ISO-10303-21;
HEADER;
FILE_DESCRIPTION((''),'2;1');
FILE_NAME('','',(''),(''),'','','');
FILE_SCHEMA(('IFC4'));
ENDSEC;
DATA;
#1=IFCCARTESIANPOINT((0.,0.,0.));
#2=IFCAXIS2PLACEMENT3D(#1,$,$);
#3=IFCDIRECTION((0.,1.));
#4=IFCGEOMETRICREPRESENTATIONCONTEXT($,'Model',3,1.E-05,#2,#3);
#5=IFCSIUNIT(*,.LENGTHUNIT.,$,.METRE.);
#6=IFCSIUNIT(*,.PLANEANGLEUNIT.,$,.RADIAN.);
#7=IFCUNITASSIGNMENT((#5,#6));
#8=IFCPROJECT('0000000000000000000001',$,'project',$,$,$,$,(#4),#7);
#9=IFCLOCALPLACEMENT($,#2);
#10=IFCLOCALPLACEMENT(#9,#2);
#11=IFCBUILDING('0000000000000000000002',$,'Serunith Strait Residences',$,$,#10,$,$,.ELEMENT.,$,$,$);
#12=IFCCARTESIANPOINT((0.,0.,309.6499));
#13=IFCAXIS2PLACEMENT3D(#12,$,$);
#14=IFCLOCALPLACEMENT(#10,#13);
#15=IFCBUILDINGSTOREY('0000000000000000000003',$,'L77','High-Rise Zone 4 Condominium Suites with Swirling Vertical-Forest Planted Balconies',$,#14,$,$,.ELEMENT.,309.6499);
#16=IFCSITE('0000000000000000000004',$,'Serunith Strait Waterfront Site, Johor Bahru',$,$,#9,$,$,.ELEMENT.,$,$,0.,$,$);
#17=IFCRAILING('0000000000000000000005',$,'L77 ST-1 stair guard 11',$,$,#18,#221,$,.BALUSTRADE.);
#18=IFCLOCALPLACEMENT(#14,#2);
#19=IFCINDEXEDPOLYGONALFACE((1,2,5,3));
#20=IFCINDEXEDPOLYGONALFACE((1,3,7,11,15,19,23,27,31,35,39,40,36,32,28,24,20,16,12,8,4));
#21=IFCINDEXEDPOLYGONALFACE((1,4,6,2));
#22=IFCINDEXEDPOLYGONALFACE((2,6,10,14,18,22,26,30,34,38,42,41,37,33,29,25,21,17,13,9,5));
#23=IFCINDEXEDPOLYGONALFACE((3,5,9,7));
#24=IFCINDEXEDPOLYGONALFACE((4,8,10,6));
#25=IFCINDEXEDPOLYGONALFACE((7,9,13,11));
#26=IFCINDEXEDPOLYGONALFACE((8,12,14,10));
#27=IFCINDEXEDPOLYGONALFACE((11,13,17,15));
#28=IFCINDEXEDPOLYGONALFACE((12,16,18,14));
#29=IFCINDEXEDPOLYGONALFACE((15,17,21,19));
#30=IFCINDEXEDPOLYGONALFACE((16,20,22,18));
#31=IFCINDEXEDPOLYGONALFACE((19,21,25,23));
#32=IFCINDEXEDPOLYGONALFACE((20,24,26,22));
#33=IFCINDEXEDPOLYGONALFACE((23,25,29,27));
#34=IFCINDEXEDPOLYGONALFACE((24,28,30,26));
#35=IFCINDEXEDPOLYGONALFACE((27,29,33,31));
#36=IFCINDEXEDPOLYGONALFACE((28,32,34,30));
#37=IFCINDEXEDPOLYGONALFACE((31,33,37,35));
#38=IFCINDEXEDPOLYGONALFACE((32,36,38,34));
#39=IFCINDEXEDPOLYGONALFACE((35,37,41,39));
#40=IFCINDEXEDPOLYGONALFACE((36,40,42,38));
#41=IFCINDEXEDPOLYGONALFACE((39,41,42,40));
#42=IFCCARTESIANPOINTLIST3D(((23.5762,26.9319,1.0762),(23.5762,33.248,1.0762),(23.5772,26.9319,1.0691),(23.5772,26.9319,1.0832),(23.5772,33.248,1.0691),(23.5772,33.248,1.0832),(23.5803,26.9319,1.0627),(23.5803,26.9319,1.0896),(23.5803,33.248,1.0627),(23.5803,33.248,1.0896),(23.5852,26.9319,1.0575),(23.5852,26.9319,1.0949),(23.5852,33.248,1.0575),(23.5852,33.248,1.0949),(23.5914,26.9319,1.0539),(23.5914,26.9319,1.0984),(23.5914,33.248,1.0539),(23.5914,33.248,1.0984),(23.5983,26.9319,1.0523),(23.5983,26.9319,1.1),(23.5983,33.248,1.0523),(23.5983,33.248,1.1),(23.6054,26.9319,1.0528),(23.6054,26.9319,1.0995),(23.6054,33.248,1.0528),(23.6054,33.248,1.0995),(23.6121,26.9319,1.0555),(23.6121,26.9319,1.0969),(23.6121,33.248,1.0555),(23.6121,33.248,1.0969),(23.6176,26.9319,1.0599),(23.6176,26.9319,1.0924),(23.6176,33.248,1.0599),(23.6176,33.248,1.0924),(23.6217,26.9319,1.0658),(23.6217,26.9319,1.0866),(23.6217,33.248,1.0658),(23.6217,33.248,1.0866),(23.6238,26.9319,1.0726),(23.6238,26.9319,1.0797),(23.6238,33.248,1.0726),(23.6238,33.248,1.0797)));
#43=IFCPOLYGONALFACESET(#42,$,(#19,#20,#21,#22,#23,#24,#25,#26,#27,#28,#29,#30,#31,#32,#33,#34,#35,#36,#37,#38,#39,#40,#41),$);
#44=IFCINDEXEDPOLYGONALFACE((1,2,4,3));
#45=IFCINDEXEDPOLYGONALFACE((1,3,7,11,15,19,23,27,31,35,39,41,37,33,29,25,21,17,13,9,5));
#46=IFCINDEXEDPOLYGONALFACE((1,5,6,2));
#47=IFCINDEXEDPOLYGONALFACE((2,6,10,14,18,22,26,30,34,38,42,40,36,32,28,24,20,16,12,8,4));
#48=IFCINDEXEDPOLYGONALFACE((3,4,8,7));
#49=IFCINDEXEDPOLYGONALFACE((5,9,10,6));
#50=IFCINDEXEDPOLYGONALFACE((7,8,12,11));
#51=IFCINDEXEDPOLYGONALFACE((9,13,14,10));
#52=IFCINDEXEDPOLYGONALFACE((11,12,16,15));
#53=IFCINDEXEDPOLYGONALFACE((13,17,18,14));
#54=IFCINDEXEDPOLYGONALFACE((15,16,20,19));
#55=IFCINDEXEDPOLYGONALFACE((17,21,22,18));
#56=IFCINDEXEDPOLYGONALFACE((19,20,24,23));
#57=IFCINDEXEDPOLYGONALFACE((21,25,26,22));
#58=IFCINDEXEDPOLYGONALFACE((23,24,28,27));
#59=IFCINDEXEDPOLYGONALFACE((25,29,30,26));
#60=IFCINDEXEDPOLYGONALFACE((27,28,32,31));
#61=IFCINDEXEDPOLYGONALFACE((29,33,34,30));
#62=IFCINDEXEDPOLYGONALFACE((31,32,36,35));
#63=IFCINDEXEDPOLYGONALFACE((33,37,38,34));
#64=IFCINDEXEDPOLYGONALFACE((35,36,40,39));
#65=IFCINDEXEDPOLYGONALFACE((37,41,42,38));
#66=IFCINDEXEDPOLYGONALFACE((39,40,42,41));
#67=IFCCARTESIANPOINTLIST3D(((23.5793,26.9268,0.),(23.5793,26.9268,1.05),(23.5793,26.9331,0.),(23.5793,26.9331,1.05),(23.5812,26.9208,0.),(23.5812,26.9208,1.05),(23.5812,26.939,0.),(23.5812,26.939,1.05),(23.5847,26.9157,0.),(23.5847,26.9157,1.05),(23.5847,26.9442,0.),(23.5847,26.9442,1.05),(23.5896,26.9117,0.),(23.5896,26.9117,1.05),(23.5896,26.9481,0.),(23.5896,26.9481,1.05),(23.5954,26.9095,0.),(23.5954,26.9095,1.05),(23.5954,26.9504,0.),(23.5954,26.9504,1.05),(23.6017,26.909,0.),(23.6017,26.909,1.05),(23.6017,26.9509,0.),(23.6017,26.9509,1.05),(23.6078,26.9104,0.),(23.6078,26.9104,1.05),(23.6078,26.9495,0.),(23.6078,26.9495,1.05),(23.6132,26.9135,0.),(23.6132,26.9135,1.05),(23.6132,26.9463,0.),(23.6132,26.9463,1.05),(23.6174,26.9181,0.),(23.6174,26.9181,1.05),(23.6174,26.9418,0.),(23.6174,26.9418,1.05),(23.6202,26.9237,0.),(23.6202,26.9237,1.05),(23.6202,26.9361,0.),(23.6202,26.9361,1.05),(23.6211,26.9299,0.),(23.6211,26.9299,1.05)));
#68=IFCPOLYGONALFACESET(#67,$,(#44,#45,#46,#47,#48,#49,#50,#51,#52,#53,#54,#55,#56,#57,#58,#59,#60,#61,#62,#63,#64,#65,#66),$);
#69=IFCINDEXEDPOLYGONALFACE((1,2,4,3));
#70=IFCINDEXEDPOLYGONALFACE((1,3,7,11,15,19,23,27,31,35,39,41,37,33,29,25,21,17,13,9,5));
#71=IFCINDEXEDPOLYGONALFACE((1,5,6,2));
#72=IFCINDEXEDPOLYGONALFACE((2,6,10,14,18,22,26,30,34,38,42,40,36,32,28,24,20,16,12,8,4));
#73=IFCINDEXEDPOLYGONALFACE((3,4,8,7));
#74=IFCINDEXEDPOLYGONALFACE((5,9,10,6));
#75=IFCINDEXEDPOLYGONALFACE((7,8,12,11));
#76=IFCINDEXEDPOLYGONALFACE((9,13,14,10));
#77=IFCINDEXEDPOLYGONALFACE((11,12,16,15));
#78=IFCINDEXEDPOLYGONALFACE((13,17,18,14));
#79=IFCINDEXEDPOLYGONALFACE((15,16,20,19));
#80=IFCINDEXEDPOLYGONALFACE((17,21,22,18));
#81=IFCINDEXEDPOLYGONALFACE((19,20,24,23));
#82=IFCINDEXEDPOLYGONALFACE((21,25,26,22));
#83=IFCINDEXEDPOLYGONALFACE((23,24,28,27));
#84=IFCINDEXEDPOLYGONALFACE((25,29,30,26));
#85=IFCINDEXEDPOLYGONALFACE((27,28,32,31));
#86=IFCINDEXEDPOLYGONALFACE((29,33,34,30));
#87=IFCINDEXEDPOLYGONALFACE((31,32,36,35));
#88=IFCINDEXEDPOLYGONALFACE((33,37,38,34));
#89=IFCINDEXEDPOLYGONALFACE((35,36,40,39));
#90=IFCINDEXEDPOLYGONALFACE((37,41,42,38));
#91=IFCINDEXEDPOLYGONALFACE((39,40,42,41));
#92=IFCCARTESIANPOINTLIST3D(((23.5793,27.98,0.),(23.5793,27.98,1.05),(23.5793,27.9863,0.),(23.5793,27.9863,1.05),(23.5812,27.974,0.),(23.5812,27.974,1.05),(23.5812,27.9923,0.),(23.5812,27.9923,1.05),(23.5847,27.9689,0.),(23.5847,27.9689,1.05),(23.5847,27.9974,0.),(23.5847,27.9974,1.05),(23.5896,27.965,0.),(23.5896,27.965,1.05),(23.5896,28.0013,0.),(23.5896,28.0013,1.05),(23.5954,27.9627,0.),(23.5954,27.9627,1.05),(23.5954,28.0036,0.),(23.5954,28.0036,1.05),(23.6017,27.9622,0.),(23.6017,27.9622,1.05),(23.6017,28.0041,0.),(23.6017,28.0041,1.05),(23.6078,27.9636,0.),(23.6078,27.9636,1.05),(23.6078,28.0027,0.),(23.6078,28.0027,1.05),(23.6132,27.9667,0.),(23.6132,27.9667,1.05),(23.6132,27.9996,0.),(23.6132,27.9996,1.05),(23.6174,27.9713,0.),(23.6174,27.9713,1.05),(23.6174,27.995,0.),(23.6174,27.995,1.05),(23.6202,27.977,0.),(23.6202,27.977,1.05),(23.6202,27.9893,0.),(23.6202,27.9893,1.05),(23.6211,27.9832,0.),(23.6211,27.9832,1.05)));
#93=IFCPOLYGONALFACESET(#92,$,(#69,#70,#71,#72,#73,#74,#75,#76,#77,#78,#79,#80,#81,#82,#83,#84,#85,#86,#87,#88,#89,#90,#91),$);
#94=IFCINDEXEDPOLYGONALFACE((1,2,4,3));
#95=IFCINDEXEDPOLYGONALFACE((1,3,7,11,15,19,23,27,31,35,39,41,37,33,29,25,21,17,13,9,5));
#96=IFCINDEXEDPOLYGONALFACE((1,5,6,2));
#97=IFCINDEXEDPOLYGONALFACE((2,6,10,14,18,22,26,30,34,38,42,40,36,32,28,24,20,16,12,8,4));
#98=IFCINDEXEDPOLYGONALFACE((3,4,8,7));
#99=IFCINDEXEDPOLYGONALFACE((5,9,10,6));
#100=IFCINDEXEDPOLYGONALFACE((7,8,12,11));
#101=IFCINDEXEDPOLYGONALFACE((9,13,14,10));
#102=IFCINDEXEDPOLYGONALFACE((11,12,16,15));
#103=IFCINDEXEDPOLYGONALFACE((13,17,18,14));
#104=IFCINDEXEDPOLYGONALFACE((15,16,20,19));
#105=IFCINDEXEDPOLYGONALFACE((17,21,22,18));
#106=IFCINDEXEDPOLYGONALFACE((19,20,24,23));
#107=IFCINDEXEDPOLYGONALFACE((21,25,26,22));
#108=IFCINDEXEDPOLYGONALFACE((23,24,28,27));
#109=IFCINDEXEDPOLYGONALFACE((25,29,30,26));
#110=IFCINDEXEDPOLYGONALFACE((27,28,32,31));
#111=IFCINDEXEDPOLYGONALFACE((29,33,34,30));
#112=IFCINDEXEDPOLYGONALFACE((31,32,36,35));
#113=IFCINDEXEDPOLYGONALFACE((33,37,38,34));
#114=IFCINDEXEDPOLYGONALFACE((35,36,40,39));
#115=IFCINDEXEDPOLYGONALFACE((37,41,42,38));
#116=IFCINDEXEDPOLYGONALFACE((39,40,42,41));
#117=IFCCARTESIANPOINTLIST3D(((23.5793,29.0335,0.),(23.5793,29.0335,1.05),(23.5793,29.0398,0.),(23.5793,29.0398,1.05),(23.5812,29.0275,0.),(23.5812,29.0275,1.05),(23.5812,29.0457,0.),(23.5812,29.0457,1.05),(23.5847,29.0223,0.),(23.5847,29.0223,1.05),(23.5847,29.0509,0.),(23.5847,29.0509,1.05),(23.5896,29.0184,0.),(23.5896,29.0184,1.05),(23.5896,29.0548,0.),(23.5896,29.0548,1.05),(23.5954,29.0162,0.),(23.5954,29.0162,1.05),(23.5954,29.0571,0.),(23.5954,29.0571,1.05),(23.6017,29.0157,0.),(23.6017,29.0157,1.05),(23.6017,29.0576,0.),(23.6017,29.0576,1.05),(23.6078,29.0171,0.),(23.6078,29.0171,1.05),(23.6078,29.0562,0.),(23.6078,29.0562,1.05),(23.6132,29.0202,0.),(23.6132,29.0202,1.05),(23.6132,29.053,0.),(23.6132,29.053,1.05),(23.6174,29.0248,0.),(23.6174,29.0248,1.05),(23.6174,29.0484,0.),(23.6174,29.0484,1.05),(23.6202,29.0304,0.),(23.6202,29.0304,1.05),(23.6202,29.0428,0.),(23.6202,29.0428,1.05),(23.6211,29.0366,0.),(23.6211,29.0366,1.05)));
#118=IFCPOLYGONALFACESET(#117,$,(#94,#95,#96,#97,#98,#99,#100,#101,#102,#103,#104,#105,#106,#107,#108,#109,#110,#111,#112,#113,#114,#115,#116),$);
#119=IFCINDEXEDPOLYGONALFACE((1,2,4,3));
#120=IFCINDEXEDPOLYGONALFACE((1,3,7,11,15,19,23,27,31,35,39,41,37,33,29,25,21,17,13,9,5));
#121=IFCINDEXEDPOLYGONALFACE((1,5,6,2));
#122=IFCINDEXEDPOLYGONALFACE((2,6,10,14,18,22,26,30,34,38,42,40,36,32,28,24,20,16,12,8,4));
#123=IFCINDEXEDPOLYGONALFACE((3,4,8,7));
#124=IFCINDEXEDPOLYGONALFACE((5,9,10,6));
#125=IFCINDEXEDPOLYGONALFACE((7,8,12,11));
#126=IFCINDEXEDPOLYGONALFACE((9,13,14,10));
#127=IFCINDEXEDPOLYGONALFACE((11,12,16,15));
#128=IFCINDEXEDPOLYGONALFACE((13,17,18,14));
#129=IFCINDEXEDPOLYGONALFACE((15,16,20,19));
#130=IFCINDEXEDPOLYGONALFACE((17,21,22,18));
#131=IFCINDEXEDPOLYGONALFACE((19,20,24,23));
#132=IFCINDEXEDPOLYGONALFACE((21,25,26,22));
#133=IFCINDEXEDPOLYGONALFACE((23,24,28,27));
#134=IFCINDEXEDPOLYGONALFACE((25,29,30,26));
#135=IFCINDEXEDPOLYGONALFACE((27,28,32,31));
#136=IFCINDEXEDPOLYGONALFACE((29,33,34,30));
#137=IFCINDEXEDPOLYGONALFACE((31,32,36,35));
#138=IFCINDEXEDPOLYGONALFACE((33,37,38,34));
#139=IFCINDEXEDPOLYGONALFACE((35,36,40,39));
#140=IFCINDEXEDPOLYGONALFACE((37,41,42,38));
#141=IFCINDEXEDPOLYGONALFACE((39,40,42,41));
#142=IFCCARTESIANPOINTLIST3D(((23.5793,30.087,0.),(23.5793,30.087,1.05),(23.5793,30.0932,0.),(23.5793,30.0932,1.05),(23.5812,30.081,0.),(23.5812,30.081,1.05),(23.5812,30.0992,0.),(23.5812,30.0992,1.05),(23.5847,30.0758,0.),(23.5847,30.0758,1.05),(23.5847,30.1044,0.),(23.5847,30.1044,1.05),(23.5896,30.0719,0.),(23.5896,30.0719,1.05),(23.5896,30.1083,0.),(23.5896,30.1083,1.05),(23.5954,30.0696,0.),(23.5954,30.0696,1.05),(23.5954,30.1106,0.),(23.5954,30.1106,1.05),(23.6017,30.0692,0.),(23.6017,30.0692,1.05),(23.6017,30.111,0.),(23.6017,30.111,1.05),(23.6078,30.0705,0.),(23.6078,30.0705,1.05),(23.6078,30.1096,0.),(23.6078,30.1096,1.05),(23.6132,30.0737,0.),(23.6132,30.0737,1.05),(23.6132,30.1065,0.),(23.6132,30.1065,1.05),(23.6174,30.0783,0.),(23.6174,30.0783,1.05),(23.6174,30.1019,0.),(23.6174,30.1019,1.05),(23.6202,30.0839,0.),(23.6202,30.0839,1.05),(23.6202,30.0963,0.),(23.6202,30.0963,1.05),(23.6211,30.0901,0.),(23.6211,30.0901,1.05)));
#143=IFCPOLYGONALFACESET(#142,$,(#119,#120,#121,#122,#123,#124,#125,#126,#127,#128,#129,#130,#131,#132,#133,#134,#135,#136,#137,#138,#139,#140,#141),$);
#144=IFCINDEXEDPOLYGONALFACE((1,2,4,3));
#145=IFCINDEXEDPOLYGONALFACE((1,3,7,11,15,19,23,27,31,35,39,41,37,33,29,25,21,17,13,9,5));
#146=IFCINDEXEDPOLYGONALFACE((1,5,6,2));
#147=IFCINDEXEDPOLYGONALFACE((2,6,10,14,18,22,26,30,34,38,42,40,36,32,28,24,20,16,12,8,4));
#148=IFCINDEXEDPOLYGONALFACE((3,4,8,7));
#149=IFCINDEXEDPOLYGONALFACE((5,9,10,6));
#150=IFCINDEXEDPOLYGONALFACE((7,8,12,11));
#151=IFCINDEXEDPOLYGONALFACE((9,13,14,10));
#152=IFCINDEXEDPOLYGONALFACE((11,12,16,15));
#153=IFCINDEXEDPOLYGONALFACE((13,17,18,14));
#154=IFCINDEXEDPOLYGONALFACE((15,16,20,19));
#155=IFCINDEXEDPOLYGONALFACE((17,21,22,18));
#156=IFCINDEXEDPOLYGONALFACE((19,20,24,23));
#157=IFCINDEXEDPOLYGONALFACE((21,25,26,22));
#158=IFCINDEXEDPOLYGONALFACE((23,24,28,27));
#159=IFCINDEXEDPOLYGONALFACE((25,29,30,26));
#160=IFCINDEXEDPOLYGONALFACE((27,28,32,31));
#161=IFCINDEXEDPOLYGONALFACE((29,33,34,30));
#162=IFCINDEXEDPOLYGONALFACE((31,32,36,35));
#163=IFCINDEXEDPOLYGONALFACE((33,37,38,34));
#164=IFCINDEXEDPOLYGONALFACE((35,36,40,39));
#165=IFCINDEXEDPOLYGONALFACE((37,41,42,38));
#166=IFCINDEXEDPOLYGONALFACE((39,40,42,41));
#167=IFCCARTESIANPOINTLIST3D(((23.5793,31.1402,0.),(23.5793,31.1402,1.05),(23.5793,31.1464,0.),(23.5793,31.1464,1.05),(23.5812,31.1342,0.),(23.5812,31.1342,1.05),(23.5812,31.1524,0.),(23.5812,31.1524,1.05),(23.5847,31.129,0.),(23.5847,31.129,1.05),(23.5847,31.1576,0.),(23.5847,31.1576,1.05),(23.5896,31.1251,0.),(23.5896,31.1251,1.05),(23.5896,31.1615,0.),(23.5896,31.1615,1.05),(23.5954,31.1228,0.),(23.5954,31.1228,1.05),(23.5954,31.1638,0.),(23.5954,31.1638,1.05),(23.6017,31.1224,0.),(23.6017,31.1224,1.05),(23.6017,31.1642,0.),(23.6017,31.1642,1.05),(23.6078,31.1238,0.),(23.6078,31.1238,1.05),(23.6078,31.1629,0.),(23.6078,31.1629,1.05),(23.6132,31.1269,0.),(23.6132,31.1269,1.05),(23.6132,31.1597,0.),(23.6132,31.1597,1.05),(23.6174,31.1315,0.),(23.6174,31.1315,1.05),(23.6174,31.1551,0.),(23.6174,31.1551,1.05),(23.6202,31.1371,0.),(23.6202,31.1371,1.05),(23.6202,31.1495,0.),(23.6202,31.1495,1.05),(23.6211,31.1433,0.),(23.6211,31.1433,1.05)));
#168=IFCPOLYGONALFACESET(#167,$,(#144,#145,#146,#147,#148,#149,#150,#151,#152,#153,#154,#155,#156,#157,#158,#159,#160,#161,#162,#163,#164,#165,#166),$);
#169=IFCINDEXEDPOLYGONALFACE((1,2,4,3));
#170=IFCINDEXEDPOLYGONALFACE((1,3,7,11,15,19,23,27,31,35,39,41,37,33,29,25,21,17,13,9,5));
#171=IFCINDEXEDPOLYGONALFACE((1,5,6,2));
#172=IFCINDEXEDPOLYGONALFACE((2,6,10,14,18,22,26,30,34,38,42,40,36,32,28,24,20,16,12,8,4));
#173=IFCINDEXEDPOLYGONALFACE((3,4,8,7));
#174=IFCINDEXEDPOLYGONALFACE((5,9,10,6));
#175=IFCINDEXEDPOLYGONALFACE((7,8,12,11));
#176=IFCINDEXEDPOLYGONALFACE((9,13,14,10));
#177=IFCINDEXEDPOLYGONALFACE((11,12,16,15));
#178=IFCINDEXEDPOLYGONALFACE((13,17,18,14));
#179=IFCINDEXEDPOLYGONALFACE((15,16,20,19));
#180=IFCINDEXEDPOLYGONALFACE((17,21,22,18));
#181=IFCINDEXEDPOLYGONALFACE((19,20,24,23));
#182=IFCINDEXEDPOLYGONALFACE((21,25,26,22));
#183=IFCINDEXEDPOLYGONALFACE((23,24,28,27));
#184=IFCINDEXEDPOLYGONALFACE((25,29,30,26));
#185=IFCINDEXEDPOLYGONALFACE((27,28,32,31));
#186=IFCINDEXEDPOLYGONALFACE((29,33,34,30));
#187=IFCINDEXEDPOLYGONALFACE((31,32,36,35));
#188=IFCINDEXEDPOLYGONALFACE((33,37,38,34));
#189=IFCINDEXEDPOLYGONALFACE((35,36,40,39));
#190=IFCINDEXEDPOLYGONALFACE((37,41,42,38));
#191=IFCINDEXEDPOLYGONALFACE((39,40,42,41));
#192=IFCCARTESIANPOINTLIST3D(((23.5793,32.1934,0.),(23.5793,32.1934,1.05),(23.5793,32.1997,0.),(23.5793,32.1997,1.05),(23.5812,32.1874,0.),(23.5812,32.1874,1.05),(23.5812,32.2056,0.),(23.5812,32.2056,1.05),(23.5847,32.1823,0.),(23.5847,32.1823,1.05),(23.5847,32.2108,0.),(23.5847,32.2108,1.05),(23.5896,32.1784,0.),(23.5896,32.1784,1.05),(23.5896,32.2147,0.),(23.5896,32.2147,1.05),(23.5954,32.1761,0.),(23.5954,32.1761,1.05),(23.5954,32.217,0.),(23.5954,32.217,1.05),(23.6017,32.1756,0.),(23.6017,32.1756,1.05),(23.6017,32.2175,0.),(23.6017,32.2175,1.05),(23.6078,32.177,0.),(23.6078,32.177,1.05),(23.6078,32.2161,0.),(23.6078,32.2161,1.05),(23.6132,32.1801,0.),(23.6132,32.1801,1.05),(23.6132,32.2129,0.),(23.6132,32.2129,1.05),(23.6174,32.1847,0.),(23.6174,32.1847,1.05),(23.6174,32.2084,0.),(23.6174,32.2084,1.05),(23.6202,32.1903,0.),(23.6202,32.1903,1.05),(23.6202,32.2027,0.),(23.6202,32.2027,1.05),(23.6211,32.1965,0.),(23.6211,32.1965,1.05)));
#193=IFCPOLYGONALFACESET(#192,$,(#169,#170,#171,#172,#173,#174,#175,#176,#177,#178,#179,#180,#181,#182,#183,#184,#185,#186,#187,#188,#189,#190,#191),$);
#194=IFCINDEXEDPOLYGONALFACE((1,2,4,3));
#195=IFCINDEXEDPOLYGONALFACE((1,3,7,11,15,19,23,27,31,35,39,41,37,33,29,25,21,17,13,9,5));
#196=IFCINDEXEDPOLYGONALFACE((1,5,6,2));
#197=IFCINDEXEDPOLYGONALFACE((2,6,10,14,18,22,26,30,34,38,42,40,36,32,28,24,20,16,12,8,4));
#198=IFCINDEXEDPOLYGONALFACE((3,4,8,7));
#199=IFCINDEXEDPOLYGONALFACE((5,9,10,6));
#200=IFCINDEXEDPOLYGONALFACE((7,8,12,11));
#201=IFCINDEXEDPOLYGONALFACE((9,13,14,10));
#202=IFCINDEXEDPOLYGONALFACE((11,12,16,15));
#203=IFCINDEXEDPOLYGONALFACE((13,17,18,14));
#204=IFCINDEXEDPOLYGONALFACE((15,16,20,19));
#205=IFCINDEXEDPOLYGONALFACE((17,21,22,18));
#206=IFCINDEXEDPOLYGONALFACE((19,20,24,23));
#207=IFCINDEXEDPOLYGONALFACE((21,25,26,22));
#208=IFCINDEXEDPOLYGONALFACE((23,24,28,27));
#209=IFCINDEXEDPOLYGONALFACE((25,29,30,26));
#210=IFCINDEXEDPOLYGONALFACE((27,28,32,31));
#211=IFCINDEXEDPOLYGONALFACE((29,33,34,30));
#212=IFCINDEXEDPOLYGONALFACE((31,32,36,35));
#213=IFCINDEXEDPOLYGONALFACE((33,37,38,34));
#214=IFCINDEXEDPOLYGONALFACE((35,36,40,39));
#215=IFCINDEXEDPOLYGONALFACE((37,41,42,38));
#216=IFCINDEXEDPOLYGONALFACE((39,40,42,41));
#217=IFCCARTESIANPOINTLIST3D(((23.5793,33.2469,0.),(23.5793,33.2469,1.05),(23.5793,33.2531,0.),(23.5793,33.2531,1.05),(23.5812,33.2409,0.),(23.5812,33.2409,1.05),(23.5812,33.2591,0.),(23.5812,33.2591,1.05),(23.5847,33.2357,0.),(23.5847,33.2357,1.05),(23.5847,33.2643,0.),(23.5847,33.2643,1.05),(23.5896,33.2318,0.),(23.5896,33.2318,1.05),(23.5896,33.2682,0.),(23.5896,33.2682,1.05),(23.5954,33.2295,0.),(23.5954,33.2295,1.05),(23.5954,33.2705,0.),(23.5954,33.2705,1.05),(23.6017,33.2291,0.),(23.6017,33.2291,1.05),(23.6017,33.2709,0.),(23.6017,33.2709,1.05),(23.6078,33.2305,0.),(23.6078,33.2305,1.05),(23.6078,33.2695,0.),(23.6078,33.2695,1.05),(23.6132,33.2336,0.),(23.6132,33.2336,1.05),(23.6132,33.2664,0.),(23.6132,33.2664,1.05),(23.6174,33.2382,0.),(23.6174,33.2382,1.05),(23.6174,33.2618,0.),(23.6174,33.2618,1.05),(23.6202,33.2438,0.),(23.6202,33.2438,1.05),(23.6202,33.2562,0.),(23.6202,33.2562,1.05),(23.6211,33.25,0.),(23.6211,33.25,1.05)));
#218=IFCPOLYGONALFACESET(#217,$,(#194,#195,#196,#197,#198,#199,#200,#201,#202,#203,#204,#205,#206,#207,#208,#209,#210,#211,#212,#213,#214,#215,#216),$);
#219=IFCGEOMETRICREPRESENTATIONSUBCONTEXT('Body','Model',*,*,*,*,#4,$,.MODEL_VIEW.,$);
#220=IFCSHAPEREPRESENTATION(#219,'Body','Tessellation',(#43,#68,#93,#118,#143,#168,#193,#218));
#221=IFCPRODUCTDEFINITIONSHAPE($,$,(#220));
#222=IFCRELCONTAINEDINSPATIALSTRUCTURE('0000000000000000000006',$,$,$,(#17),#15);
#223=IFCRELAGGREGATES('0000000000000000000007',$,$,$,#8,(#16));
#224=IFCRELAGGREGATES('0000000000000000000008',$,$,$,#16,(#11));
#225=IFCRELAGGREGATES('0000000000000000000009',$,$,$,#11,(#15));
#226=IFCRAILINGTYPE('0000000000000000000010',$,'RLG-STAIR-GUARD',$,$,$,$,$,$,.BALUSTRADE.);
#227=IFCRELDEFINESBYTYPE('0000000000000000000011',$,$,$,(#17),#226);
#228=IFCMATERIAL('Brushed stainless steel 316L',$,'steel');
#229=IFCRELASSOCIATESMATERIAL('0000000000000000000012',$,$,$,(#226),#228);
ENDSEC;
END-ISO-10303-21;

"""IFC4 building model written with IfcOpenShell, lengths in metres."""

from ifc_helpers import new_model, si_unit, direction, frame, origin, origin_2d, place, context, subcontext, project, spatial, circle, extrude, material, type_object, element, save


model = new_model("IFC4")

# Units and contexts
model_context = context("Model", 3, precision=1e-05, world=origin(), true_north=direction((0.0, 1.0)))
body_context = subcontext(model_context, "Body", "Model", "MODEL_VIEW")
ifc_project = project(units=[si_unit("LENGTHUNIT", "METRE"), si_unit("PLANEANGLEUNIT", "RADIAN")], contexts=[model_context])

# Site, building, storey
site_placement = place(None, origin())
site = spatial("IfcSite", under=ifc_project, at=site_placement, Name="Serunith Strait Waterfront Site, Johor Bahru", CompositionType="ELEMENT", RefElevation=0.0)
building_placement = place(site_placement, origin())
building = spatial("IfcBuilding", under=site, at=building_placement, Name="Serunith Strait Residences", CompositionType="ELEMENT")
storey_placement = place(building_placement, frame((0.0, 0.0, 309.6499)))
storey = spatial("IfcBuildingStorey", under=building, at=storey_placement, Name="L77", Description="High-Rise Zone 4 Condominium Suites with Swirling Vertical-Forest Planted Balconies", CompositionType="ELEMENT", Elevation=309.6499)

# Railing
ifc_material_1 = material(Name="Brushed stainless steel 316L", Category="steel")
railing_type = type_object("IfcRailingType", Name="RLG-STAIR-GUARD", PredefinedType="BALUSTRADE", material=ifc_material_1)
railing_placement = place(storey_placement, frame((23.6001, 26.9299, 0.0)))
element("IfcRailing", 1, at=railing_placement, inside=storey, type_object=railing_type, Name="L77 ST-1 stair guard 11", PredefinedType="BALUSTRADE", context=body_context, shape_type="SweptSolid", body=[
    extrude(circle(Radius=0.0239, at=origin_2d()), frame((0.0, 0.002, 1.0762), z_axis=(0.0, 1.0, 0.0), x_axis=(-1.0, 0.0, 0.0)), (0.0, 0.0, 1.0), 6.3162),
    extrude(circle(Radius=0.021, at=origin_2d()), origin(), (0.0, 0.0, 1.0), 1.05),
    extrude(circle(Radius=0.021, at=origin_2d()), frame((0.0, 1.0532, 0.0)), (0.0, 0.0, 1.0), 1.05),
    extrude(circle(Radius=0.021, at=origin_2d()), frame((0.0, 2.1067, 0.0)), (0.0, 0.0, 1.0), 1.05),
    extrude(circle(Radius=0.021, at=origin_2d()), frame((0.0, 3.1602, 0.0)), (0.0, 0.0, 1.0), 1.05),
    extrude(circle(Radius=0.021, at=origin_2d()), frame((0.0, 4.2134, 0.0)), (0.0, 0.0, 1.0), 1.05),
    extrude(circle(Radius=0.021, at=origin_2d()), frame((0.0, 5.2666, 0.0)), (0.0, 0.0, 1.0), 1.05),
    extrude(circle(Radius=0.021, at=origin_2d()), frame((0.0, 6.3201, 0.0)), (0.0, 0.0, 1.0), 1.05),
])

save(model, "model.ifc")
